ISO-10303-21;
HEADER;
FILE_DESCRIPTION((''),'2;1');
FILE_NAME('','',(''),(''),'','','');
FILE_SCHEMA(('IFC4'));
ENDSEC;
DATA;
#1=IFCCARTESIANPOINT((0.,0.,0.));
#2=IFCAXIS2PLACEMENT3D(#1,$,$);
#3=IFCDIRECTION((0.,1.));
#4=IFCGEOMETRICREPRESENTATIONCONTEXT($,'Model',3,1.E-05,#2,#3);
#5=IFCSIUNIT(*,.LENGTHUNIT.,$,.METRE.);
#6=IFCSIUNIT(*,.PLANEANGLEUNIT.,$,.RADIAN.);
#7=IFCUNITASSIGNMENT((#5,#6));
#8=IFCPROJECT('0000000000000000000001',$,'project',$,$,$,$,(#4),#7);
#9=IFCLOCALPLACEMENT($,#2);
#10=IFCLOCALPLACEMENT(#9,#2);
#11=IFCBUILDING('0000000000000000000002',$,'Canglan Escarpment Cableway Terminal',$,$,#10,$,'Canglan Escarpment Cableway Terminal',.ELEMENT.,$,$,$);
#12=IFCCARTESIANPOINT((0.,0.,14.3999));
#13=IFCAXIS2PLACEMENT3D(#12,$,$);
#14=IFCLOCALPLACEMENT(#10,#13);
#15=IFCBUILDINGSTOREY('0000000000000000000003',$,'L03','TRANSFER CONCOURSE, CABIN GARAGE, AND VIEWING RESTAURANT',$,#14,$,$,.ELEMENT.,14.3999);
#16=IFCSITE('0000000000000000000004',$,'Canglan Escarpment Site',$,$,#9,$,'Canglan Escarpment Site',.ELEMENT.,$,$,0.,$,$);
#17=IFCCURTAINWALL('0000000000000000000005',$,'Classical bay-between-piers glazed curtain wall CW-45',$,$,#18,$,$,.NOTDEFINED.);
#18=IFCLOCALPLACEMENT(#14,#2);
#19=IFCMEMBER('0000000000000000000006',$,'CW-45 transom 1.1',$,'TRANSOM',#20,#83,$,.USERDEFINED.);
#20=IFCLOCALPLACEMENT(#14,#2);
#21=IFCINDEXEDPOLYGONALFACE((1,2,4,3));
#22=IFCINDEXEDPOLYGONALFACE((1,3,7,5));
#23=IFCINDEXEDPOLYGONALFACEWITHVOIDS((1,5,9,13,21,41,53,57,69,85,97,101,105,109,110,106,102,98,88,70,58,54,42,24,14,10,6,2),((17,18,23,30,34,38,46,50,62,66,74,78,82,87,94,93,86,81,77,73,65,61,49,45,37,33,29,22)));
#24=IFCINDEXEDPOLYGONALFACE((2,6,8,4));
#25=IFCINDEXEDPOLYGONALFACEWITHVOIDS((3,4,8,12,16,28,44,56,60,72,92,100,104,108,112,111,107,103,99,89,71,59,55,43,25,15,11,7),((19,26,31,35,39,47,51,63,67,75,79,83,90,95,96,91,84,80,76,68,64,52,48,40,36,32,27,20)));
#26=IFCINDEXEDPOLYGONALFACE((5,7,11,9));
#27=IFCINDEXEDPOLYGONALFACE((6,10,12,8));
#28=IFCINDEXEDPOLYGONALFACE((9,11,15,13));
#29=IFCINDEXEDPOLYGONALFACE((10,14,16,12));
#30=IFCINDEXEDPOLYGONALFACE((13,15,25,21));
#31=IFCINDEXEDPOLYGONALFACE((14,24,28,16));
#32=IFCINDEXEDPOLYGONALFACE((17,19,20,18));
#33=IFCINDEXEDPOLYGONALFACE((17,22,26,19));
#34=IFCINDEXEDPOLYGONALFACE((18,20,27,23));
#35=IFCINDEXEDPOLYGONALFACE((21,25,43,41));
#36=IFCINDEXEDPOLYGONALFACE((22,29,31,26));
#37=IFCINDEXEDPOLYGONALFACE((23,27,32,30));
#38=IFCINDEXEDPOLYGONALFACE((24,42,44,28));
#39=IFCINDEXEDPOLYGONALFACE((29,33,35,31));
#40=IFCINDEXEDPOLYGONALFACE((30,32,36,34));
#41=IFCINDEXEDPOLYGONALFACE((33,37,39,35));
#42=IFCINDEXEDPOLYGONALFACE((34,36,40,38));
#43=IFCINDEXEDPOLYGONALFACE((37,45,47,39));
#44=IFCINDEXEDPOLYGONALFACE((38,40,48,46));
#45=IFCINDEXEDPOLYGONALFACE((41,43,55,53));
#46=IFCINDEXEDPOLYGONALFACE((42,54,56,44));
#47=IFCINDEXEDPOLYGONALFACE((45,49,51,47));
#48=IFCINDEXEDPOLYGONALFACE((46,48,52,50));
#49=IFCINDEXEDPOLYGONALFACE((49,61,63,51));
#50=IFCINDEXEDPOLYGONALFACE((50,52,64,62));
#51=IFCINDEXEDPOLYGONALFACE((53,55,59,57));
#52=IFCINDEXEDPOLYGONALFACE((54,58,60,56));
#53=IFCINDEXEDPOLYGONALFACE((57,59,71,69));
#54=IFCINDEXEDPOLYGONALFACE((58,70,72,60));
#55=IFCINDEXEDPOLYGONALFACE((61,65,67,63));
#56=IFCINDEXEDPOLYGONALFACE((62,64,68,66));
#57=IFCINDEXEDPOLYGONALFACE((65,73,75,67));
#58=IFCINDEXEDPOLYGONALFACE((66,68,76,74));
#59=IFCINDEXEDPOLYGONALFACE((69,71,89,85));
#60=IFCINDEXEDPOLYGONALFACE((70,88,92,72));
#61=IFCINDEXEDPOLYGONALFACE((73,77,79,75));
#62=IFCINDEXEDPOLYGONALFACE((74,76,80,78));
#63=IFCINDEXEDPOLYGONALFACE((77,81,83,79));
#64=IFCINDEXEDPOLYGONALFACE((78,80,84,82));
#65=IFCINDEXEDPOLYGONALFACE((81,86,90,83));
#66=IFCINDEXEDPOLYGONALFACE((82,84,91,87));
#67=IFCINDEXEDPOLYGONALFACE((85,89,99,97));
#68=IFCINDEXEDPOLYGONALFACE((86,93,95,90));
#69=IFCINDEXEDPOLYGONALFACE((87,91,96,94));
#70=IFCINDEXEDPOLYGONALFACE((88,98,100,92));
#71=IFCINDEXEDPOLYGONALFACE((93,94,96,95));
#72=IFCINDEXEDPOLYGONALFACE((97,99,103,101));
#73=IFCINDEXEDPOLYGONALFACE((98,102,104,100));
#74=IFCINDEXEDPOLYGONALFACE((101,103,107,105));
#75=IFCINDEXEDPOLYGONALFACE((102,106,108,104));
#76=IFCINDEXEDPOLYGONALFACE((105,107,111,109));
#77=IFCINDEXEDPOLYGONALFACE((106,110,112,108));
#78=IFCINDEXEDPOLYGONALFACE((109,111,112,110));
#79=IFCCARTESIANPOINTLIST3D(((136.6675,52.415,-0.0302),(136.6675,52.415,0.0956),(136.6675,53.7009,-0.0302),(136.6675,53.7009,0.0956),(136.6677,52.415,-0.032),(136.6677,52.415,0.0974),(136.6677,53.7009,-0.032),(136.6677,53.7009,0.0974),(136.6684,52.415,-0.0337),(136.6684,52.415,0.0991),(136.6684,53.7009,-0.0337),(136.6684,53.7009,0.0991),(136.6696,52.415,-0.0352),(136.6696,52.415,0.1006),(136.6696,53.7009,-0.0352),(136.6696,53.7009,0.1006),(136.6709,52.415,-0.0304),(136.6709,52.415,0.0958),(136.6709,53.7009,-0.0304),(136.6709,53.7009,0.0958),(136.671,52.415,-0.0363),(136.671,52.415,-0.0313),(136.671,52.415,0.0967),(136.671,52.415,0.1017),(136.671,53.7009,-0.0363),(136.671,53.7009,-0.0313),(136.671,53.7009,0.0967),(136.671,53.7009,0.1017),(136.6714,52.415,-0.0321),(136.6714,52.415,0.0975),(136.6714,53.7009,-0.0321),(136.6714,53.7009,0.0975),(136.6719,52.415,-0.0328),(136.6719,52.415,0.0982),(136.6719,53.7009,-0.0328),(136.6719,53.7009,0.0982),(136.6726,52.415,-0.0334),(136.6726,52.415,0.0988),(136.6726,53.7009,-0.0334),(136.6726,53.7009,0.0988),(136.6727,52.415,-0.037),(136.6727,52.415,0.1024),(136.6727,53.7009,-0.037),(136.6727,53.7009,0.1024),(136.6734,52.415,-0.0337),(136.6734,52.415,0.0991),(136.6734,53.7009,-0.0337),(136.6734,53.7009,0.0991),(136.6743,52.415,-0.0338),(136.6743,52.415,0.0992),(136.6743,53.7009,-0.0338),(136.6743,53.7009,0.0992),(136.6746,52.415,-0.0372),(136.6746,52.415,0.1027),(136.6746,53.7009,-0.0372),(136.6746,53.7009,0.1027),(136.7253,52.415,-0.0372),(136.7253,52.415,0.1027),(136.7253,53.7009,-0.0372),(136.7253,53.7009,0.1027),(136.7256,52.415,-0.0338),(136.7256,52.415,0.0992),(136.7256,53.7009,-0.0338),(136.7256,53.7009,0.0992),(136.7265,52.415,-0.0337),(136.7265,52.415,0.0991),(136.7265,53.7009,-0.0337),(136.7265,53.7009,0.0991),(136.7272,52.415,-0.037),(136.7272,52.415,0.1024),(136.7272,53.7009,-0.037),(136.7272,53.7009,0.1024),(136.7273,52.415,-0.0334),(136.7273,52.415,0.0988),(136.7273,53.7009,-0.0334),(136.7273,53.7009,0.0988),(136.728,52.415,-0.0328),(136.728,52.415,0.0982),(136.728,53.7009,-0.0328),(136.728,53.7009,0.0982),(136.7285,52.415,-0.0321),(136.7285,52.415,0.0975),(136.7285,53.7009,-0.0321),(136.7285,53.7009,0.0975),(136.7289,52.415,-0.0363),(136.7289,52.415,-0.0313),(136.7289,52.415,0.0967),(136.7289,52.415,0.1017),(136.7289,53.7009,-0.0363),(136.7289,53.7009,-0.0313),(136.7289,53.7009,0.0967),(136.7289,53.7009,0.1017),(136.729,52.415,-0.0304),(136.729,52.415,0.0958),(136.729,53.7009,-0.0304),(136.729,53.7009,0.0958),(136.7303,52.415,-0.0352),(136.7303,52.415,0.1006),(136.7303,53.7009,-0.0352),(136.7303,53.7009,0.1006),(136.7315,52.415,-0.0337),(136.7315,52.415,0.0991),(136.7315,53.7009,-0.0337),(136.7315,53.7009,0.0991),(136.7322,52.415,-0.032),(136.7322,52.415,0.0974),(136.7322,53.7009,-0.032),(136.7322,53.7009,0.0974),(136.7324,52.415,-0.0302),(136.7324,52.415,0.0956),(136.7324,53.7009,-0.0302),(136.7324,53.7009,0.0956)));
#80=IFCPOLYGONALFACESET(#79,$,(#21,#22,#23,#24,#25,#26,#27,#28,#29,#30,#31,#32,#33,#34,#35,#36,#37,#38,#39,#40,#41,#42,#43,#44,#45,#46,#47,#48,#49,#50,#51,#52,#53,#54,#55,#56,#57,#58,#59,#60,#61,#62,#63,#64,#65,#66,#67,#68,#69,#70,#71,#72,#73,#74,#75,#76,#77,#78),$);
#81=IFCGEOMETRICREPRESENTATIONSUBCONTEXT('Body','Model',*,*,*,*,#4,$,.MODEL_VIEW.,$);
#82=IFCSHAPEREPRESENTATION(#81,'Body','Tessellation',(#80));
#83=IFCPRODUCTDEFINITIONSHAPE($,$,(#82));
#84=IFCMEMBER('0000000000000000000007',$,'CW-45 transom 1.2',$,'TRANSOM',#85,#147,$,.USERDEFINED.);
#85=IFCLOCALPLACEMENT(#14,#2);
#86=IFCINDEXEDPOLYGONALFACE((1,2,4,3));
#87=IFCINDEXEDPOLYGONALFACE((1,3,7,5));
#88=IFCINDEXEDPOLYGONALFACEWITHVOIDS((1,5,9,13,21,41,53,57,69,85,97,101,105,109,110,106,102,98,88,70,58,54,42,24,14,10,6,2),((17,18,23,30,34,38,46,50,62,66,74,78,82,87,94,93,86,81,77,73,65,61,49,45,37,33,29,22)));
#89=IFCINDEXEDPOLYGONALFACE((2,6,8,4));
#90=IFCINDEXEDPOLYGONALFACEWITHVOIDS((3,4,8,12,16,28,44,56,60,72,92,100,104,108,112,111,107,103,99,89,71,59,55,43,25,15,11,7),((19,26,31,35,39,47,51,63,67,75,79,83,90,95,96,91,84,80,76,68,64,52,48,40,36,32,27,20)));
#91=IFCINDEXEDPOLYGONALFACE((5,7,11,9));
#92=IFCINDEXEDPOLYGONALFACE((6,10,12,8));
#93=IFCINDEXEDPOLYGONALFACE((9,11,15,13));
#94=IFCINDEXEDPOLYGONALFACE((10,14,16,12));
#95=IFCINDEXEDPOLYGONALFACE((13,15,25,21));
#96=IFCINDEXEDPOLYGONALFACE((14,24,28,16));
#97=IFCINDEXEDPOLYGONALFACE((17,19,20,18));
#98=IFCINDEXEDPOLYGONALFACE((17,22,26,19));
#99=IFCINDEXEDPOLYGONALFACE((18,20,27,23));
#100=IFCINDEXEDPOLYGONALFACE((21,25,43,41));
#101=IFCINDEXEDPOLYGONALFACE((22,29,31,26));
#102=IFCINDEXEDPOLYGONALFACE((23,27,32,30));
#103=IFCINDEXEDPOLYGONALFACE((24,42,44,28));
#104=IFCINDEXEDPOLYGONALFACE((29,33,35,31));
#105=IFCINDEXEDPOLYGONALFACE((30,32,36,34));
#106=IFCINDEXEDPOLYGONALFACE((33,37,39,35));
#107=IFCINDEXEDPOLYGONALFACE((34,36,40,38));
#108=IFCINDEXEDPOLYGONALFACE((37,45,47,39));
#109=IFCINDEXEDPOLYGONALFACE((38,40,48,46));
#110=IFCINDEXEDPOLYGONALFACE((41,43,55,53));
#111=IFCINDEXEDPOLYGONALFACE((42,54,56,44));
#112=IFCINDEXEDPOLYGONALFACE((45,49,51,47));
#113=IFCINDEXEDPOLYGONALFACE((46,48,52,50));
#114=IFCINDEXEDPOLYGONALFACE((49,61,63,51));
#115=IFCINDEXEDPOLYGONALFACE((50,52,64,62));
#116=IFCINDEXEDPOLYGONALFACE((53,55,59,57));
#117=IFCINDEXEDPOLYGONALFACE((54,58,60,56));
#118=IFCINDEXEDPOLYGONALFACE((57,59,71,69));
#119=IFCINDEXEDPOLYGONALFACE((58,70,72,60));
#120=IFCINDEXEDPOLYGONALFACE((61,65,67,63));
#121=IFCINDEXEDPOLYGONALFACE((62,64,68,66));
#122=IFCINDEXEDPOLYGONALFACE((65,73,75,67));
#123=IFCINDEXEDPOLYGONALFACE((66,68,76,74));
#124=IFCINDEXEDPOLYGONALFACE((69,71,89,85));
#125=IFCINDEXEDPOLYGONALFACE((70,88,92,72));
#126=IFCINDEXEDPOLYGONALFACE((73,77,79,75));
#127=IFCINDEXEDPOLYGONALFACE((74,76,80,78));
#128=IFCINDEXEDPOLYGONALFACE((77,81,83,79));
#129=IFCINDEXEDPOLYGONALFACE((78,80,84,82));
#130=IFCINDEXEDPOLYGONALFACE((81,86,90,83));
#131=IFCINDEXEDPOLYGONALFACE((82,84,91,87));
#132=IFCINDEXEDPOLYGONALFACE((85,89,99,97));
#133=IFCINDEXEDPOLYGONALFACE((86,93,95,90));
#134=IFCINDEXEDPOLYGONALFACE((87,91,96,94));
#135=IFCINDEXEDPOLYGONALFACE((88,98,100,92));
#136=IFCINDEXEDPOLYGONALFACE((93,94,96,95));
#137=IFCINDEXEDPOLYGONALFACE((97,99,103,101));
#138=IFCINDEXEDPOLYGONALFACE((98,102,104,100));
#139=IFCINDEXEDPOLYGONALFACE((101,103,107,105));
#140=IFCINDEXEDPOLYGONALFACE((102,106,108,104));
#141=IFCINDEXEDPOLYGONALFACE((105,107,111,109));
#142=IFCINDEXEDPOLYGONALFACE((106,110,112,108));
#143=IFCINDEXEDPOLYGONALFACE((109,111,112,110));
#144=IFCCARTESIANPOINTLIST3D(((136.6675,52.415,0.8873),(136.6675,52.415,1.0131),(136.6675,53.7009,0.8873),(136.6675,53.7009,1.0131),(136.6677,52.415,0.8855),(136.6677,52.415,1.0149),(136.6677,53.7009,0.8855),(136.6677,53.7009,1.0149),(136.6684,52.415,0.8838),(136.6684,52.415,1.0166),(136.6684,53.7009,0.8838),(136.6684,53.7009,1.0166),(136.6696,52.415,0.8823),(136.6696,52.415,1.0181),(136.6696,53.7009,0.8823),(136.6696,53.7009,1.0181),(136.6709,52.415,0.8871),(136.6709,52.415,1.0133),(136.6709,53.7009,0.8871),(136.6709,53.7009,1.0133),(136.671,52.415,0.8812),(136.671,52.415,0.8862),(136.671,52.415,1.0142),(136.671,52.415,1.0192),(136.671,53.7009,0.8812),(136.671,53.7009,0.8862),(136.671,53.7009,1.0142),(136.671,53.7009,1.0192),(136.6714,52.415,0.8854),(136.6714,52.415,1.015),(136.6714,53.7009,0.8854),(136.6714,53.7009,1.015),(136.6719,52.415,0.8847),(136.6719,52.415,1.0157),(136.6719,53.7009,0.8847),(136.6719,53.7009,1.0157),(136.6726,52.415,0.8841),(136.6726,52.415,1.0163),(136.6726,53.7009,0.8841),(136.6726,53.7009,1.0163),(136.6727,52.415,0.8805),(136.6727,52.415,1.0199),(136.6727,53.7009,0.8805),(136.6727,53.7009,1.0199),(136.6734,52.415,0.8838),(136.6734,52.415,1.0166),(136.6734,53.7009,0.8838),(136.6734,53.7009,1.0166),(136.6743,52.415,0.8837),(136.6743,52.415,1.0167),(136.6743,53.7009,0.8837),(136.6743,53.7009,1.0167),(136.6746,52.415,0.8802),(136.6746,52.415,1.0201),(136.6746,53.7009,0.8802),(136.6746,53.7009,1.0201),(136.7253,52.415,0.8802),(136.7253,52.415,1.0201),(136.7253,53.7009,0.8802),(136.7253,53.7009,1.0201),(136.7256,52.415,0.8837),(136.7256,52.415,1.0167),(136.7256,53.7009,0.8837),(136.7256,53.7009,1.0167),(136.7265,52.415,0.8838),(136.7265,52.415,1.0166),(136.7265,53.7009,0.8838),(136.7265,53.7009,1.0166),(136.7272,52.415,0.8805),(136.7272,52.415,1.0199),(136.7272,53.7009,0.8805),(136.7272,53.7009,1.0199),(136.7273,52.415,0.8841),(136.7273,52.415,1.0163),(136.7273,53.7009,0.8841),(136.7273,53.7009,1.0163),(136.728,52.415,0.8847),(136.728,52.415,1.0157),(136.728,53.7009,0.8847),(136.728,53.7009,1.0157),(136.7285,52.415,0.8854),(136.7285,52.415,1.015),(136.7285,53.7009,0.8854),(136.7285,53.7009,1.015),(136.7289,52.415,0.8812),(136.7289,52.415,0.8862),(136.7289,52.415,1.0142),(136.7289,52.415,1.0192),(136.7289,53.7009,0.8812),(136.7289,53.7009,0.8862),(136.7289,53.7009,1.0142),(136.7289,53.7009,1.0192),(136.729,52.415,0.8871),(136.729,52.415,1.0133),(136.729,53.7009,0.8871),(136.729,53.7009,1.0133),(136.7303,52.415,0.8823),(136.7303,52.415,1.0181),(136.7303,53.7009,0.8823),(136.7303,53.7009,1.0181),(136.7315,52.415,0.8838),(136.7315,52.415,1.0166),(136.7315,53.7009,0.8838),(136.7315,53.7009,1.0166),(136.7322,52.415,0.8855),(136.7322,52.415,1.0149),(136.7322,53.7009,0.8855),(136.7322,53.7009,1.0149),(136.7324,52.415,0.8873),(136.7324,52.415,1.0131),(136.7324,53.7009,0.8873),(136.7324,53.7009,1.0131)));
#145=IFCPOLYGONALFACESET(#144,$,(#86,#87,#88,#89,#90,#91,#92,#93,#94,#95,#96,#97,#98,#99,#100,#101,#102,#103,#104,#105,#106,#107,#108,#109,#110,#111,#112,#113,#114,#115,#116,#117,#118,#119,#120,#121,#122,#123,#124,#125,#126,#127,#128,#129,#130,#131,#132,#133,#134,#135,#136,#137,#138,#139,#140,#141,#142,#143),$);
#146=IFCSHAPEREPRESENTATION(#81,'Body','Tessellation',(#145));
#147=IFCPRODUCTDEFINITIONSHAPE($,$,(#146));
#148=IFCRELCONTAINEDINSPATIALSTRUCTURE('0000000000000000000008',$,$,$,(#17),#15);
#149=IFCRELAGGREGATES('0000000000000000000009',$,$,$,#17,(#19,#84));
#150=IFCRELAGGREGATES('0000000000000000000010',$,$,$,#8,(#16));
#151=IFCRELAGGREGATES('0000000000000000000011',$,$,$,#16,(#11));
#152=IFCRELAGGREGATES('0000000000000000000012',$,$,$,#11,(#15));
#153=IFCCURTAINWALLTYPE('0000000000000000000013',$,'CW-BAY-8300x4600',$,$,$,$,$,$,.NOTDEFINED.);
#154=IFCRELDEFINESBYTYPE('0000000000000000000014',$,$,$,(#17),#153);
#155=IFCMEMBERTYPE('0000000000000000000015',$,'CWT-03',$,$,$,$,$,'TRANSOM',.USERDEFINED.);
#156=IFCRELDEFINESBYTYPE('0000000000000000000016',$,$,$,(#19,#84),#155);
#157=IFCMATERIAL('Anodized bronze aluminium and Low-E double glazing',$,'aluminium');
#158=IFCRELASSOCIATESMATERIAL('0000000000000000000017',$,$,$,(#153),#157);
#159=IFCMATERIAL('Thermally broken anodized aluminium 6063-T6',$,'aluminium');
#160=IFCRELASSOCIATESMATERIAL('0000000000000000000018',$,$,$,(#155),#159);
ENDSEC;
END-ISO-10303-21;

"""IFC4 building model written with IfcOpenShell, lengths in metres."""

from ifc_helpers import new_model, si_unit, direction, frame, origin, origin_2d, place, context, subcontext, project, spatial, hollow_rectangle, extrude, material, material_profile, profile_set, type_object, element, aggregate, save


model = new_model("IFC4")

# Units and contexts
model_context = context("Model", 3, precision=1e-05, world=origin(), true_north=direction((0.0, 1.0)))
body_context = subcontext(model_context, "Body", "Model", "MODEL_VIEW")
ifc_project = project(units=[si_unit("LENGTHUNIT", "METRE"), si_unit("PLANEANGLEUNIT", "RADIAN")], contexts=[model_context])

# Site, building, storey
site_placement = place(None, origin())
site = spatial("IfcSite", under=ifc_project, at=site_placement, Name="Canglan Escarpment Site", LongName="Canglan Escarpment Site", CompositionType="ELEMENT", RefElevation=0.0)
building_placement = place(site_placement, origin())
building = spatial("IfcBuilding", under=site, at=building_placement, Name="Canglan Escarpment Cableway Terminal", LongName="Canglan Escarpment Cableway Terminal", CompositionType="ELEMENT")
storey_placement = place(building_placement, frame((0.0, 0.0, 14.3999)))
storey = spatial("IfcBuildingStorey", under=building, at=storey_placement, Name="L03", Description="TRANSFER CONCOURSE, CABIN GARAGE, AND VIEWING RESTAURANT", CompositionType="ELEMENT", Elevation=14.3999)

# Curtain wall, members
ifc_material_1 = material(Name="Anodized bronze aluminium and Low-E double glazing", Category="aluminium")
curtain_wall_type = type_object("IfcCurtainWallType", Name="CW-BAY-8300x4600", PredefinedType="NOTDEFINED", material=ifc_material_1)
curtain_wall_placement = place(storey_placement, origin())
curtain_wall = element("IfcCurtainWall", 1, at=curtain_wall_placement, inside=storey, type_object=curtain_wall_type, Name="Classical bay-between-piers glazed curtain wall CW-45", PredefinedType="NOTDEFINED")
ifc_material_2 = material(Name="Thermally broken anodized aluminium 6063-T6", Category="aluminium")
ifc_material_profile_1 = material_profile(ifc_material_2, hollow_rectangle(XDim=0.0649, YDim=0.1399, WallThickness=0.0034, InnerFilletRadius=0.0034, OuterFilletRadius=0.0071, at=origin_2d()), Name="ALU-TRAN 65x140x3.5")
ifc_profile_set_1 = profile_set([ifc_material_profile_1], Name="Thermally broken anodized aluminium 6063-T6")
member_type_1 = type_object("IfcMemberType", Name="CWT-03", ElementType="TRANSOM", PredefinedType="USERDEFINED", material=ifc_profile_set_1)
member_1_placement = place(storey_placement, frame((136.7, 52.415, 0.0327), z_axis=(0.0, 1.0, 0.0), x_axis=(-1.0, 0.0, 0.0)))
member_1 = element("IfcMember", 2, at=member_1_placement, type_object=member_type_1, Name="CW-45 transom 1.1", ObjectType="TRANSOM", PredefinedType="USERDEFINED", context=body_context, shape_type="SweptSolid", body=[
    extrude(hollow_rectangle(XDim=0.0649, YDim=0.1399, WallThickness=0.0034, InnerFilletRadius=0.0034, OuterFilletRadius=0.0071, at=origin_2d()), origin(), (0.0, 0.0, 1.0), 1.2859),
])
member_2_placement = place(storey_placement, frame((136.7, 52.415, 0.9502), z_axis=(0.0, 1.0, 0.0), x_axis=(-1.0, 0.0, 0.0)))
member_2 = element("IfcMember", 3, at=member_2_placement, type_object=member_type_1, Name="CW-45 transom 1.2", ObjectType="TRANSOM", PredefinedType="USERDEFINED", context=body_context, shape_type="SweptSolid", body=[
    extrude(hollow_rectangle(XDim=0.0649, YDim=0.1399, WallThickness=0.0034, InnerFilletRadius=0.0034, OuterFilletRadius=0.0071, at=origin_2d()), origin(), (0.0, 0.0, 1.0), 1.2859),
])

aggregate(curtain_wall, [member_1, member_2])

save(model, "model.ifc")
